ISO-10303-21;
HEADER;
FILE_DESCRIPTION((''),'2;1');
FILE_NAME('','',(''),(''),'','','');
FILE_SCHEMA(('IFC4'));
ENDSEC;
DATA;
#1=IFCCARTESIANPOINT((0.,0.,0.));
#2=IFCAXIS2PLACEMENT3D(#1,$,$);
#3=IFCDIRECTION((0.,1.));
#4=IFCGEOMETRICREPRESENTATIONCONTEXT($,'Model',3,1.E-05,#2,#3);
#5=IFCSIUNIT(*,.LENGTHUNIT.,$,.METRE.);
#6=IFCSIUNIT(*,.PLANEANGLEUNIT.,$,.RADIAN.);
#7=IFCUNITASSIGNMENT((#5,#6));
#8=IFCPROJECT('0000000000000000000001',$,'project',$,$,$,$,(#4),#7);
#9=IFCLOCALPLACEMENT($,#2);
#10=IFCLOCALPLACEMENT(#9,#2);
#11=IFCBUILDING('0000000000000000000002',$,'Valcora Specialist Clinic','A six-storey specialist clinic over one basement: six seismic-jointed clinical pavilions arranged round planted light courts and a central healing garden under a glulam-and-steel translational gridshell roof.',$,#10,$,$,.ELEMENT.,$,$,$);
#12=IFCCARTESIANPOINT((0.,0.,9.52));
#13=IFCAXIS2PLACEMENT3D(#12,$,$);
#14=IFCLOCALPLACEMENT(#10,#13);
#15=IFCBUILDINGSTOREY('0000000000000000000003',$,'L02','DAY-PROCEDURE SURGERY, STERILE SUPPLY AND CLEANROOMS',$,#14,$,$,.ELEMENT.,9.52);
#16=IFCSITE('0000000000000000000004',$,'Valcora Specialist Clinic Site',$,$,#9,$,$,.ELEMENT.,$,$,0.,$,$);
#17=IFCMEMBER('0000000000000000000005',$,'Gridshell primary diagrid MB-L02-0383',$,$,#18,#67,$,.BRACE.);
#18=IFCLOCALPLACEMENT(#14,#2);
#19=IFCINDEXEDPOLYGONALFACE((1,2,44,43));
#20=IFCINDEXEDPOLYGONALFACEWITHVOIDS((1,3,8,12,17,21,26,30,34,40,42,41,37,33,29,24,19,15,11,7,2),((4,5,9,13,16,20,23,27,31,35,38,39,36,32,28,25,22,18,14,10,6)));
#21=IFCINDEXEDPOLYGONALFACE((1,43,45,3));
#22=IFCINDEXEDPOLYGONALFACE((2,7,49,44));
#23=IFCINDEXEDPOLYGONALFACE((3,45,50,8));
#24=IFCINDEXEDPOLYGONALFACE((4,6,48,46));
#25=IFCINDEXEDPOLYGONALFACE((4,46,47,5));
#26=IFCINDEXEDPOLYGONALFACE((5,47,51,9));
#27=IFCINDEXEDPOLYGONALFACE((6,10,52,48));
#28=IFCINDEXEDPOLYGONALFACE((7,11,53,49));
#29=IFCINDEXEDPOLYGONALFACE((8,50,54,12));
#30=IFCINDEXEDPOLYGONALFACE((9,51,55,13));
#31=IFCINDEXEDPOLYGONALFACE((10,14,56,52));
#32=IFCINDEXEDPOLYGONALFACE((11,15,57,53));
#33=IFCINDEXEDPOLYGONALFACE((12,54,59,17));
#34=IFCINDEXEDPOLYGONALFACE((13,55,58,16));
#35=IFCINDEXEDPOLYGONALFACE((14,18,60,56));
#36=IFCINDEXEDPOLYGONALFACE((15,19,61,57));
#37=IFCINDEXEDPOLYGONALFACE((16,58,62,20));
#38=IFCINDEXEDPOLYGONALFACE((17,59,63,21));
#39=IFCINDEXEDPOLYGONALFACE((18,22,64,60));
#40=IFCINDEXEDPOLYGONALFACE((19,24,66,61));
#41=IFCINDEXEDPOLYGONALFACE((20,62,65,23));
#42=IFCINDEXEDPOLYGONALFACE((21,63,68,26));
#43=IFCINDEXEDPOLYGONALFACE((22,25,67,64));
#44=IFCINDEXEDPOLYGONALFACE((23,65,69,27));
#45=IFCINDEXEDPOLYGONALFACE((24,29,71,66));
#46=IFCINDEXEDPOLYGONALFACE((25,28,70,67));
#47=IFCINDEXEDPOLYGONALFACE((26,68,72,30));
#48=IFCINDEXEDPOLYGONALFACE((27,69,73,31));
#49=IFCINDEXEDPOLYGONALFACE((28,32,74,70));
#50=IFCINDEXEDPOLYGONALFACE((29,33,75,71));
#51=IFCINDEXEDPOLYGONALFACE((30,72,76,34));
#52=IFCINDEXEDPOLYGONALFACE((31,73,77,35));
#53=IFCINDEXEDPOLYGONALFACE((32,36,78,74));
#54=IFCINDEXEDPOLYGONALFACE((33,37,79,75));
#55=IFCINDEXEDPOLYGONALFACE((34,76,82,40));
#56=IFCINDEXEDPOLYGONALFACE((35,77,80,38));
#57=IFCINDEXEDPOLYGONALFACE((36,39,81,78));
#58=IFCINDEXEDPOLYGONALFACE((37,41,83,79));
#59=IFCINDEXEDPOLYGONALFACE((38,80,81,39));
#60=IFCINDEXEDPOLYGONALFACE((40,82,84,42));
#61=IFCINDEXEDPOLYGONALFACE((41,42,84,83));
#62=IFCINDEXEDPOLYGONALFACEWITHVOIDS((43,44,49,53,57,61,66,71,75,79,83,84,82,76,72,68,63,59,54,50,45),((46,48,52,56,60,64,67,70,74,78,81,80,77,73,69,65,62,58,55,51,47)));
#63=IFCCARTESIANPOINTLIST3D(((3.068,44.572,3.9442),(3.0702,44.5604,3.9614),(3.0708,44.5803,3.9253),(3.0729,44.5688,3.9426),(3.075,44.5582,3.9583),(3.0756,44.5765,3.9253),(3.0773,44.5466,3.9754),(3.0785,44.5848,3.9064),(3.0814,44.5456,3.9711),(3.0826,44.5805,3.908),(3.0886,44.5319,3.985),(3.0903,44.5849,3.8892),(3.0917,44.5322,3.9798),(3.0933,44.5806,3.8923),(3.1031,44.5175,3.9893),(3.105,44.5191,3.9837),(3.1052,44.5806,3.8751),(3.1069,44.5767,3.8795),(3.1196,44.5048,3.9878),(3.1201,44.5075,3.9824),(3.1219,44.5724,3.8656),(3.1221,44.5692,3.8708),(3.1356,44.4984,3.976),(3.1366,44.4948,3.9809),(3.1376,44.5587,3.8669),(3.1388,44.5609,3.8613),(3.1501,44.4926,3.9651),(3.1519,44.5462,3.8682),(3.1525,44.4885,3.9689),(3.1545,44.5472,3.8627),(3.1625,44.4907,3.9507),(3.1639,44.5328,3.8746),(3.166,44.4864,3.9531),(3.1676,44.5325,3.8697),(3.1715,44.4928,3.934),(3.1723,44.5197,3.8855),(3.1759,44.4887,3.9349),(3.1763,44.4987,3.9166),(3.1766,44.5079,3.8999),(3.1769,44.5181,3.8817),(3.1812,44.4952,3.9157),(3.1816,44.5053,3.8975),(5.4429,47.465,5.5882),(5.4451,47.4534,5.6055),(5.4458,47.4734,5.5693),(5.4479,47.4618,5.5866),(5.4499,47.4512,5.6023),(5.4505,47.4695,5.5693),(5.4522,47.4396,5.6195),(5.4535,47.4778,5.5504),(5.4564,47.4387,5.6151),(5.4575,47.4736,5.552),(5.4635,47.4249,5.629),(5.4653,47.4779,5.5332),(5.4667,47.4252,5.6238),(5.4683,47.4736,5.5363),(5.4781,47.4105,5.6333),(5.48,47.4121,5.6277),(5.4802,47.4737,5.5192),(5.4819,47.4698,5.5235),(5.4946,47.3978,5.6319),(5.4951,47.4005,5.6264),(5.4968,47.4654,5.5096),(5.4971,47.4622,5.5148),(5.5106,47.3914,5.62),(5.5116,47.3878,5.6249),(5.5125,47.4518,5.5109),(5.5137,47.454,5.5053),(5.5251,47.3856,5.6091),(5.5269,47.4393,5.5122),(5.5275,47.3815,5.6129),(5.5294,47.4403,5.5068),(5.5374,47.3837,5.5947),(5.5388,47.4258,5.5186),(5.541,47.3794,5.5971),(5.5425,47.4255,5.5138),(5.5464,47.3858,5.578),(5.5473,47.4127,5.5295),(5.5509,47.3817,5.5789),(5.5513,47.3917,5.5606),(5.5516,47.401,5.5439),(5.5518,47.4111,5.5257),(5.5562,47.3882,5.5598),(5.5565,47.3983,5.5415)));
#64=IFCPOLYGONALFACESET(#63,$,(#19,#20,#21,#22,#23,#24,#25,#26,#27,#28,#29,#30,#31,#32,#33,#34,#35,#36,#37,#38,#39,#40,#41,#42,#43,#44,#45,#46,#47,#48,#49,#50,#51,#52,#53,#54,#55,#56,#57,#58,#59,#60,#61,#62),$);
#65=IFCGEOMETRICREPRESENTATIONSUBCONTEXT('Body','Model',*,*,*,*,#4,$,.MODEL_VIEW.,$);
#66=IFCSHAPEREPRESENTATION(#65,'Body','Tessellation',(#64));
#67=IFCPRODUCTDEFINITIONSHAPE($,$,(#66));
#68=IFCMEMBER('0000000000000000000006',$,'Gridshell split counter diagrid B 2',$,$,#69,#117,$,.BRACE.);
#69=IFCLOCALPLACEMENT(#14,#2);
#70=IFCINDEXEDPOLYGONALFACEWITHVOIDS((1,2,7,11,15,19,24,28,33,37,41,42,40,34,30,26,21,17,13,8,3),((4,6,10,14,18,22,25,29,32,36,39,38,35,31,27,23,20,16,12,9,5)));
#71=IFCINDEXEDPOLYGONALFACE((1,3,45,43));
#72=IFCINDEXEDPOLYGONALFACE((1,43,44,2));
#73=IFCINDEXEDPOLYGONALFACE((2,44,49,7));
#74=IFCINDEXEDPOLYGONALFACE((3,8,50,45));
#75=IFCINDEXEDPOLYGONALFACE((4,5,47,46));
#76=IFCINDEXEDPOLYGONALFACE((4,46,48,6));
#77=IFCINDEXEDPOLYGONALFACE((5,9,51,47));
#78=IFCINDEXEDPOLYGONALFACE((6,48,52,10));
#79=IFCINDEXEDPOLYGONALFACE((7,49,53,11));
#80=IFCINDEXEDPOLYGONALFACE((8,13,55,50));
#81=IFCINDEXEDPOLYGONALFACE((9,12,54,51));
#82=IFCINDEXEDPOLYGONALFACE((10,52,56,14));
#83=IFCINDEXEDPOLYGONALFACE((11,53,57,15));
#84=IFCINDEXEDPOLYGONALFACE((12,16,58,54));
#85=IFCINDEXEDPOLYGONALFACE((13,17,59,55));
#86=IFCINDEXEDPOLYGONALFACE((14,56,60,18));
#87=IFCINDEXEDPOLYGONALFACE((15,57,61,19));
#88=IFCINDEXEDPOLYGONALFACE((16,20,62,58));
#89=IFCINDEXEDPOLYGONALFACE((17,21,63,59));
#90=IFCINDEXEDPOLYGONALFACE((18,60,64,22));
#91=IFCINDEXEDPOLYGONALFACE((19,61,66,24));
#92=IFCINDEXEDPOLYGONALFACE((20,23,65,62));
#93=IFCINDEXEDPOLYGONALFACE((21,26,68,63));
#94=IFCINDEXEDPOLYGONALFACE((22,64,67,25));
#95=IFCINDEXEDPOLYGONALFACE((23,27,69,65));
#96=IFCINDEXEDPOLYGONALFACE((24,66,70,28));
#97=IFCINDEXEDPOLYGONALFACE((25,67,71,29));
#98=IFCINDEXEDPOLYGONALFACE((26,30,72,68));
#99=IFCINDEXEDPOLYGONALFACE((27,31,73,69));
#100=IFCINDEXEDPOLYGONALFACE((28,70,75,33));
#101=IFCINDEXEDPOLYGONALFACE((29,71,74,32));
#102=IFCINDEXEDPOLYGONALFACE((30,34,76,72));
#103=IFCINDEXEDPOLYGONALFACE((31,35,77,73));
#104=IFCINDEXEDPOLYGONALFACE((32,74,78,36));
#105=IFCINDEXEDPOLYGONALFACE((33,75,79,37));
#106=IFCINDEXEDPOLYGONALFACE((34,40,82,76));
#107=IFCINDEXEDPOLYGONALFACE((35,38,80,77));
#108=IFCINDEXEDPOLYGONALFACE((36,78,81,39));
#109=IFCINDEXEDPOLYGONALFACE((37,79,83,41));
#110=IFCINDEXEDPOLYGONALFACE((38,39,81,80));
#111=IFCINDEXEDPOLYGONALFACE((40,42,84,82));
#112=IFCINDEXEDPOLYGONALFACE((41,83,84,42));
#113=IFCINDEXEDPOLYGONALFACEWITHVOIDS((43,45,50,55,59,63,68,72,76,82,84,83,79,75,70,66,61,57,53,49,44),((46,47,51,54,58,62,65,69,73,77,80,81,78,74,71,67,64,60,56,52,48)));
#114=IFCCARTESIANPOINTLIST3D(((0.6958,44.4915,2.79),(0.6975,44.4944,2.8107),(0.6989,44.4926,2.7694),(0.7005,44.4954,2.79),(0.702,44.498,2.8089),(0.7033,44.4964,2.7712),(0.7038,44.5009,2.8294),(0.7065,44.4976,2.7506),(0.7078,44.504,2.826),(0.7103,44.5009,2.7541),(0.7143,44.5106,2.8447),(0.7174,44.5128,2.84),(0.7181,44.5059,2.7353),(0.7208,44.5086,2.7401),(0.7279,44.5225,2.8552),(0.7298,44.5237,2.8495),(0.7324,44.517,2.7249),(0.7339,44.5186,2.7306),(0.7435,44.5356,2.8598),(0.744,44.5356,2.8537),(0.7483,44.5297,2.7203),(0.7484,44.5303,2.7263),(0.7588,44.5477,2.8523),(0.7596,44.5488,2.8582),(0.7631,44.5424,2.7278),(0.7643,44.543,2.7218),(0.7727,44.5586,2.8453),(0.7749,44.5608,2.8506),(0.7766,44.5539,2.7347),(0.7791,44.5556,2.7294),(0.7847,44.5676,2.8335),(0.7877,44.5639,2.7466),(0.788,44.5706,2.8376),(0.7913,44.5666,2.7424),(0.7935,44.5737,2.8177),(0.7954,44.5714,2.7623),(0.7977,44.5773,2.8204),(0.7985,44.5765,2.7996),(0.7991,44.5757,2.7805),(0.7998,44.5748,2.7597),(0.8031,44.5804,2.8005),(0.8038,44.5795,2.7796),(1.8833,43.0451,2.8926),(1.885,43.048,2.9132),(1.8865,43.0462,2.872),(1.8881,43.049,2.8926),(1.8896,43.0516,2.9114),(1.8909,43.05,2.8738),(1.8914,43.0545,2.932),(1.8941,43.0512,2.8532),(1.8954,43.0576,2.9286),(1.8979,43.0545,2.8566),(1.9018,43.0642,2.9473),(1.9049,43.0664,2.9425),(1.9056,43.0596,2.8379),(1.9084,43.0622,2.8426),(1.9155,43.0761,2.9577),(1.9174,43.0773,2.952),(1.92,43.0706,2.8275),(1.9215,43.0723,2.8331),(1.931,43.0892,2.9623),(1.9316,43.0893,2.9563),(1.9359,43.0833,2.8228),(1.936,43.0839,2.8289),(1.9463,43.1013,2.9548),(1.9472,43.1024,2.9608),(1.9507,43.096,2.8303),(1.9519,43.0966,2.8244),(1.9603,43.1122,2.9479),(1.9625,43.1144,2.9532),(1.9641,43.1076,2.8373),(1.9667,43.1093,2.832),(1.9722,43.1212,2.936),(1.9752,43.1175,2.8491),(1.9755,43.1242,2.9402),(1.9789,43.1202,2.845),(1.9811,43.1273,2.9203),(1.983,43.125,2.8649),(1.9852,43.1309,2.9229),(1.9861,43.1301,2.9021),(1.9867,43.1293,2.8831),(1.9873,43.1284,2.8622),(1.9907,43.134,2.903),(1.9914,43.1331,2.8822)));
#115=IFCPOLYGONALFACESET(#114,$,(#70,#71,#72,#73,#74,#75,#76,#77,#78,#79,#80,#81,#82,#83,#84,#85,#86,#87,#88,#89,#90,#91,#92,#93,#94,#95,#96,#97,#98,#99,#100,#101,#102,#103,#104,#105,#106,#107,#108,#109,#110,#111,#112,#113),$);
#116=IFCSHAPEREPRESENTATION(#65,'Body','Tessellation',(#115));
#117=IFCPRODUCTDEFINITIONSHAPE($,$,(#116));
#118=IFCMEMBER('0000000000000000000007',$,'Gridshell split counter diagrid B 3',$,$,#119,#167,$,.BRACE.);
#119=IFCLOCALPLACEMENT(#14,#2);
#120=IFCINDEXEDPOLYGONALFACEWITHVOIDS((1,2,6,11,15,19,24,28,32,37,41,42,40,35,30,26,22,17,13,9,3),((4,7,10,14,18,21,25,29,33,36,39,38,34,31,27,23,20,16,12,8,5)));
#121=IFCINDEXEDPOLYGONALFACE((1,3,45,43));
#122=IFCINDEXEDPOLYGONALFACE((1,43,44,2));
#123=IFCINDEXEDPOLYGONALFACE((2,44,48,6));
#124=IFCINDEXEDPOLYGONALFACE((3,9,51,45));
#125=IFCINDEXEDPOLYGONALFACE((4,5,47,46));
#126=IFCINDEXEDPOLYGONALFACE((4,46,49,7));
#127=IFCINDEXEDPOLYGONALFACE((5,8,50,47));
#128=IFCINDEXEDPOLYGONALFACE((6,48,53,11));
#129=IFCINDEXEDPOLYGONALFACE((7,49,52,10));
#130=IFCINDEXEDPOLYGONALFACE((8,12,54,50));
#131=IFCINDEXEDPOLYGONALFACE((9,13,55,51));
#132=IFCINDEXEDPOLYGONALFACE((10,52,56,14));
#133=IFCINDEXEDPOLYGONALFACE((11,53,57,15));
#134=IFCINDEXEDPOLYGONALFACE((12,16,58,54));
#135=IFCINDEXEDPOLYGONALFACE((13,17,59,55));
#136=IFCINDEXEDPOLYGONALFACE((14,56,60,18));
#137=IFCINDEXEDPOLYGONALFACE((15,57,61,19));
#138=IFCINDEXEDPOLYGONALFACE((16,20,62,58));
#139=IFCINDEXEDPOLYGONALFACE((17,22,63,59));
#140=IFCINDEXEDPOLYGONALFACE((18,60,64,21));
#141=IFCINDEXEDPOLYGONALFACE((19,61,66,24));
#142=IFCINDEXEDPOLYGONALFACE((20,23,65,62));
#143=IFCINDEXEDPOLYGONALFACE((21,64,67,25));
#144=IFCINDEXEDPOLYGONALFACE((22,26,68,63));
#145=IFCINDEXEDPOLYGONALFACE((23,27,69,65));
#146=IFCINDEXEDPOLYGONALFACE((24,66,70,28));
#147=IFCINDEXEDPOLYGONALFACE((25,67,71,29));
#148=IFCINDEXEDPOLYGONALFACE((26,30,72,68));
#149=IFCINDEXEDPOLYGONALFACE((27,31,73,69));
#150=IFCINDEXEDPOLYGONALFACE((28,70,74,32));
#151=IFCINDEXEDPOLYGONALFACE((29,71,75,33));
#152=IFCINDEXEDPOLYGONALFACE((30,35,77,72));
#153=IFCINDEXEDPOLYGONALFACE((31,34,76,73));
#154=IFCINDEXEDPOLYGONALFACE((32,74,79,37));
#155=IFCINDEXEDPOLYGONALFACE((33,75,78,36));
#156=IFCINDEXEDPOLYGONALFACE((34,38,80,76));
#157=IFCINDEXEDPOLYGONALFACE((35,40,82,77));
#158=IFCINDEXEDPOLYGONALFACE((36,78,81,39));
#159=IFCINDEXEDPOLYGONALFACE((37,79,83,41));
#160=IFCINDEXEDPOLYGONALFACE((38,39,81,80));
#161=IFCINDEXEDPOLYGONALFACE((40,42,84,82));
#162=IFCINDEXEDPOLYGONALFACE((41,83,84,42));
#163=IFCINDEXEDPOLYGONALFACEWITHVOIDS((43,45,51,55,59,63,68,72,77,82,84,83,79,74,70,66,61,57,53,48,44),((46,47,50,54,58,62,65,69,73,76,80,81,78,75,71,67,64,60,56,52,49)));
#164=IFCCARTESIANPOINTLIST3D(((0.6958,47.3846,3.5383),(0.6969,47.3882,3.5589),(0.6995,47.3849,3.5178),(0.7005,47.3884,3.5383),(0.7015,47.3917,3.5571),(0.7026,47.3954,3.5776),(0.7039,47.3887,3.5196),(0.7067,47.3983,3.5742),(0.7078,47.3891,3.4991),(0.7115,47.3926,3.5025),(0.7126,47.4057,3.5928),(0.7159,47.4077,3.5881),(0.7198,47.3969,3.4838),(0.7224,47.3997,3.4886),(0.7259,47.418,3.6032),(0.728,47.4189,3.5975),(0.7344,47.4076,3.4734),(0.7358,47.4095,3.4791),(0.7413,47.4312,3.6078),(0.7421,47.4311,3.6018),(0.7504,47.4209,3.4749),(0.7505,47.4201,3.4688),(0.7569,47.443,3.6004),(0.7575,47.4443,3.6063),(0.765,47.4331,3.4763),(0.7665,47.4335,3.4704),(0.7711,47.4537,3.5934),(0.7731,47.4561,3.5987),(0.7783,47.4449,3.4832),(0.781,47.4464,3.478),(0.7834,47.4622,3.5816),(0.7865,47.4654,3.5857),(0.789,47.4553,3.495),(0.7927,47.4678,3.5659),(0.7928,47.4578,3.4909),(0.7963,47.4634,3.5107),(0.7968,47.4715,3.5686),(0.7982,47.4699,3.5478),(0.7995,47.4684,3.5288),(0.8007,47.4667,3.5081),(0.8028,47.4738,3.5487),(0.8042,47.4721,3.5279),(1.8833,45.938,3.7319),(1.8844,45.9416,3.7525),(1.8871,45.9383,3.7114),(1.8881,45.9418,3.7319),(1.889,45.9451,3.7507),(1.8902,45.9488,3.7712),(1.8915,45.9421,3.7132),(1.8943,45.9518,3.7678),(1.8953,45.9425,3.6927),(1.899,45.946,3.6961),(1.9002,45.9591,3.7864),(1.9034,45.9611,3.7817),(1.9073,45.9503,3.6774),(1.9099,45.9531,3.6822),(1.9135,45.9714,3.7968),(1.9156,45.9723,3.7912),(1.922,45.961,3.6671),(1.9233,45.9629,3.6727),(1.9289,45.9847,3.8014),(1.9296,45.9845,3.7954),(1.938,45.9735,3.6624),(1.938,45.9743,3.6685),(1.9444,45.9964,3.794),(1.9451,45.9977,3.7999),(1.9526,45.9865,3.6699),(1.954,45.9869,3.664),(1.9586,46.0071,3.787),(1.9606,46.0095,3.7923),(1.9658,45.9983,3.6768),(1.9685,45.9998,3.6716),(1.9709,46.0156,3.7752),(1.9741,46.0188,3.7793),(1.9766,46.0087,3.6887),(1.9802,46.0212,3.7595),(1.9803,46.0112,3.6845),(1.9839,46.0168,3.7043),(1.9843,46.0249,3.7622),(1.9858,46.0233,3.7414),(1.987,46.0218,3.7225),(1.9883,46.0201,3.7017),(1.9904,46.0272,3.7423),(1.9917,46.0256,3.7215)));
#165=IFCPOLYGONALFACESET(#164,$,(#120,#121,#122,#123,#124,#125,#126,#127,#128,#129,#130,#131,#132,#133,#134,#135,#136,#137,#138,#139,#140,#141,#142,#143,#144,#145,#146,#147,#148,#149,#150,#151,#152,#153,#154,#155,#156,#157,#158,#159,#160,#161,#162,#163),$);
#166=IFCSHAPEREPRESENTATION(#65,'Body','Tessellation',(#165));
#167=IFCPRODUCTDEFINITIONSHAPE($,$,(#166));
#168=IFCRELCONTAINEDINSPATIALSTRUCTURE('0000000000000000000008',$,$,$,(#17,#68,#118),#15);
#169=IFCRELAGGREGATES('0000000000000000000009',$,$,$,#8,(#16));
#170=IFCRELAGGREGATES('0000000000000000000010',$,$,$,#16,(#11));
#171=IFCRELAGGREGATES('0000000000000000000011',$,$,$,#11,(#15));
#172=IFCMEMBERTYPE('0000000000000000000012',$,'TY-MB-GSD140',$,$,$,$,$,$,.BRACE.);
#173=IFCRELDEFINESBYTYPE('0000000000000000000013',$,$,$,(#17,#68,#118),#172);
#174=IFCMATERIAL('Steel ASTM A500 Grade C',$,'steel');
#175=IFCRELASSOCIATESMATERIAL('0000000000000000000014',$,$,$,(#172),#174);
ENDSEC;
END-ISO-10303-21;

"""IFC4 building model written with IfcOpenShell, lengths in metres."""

from ifc_helpers import new_model, si_unit, direction, frame, origin, origin_2d, place, context, subcontext, project, spatial, hollow_circle, extrude, material, material_profile, profile_set, type_object, element, save


model = new_model("IFC4")

# Units and contexts
model_context = context("Model", 3, precision=1e-05, world=origin(), true_north=direction((0.0, 1.0)))
body_context = subcontext(model_context, "Body", "Model", "MODEL_VIEW")
ifc_project = project(units=[si_unit("LENGTHUNIT", "METRE"), si_unit("PLANEANGLEUNIT", "RADIAN")], contexts=[model_context])

# Site, building, storey
site_placement = place(None, origin())
site = spatial("IfcSite", under=ifc_project, at=site_placement, Name="Valcora Specialist Clinic Site", CompositionType="ELEMENT", RefElevation=0.0)
building_placement = place(site_placement, origin())
building = spatial("IfcBuilding", under=site, at=building_placement, Name="Valcora Specialist Clinic", Description="A six-storey specialist clinic over one basement: six seismic-jointed clinical pavilions arranged round planted light courts and a central healing garden under a glulam-and-steel translational gridshell roof.", CompositionType="ELEMENT")
storey_placement = place(building_placement, frame((0.0, 0.0, 9.52)))
storey = spatial("IfcBuildingStorey", under=building, at=storey_placement, Name="L02", Description="DAY-PROCEDURE SURGERY, STERILE SUPPLY AND CLEANROOMS", CompositionType="ELEMENT", Elevation=9.52)

# Members
ifc_material_1 = material(Name="Steel ASTM A500 Grade C", Category="steel")
ifc_material_profile_1 = material_profile(ifc_material_1, hollow_circle(Radius=0.0701, WallThickness=0.0061, at=origin_2d()), Name="ST-CHS-140X6")
ifc_profile_set_1 = profile_set([ifc_material_profile_1], Name="Steel ASTM A500 Grade C")
member_type_1 = type_object("IfcMemberType", Name="TY-MB-GSD140", PredefinedType="BRACE", material=ifc_profile_set_1)
member_1_placement = place(storey_placement, frame((3.125, 44.5359, 3.9253), z_axis=(0.580941, 0.707664, 0.402144), x_axis=(-0.772916, 0.634508, 0.0)))
element("IfcMember", 1, at=member_1_placement, inside=storey, type_object=member_type_1, Name="Gridshell primary diagrid MB-L02-0383", PredefinedType="BRACE", context=body_context, shape_type="SweptSolid", body=[
    extrude(hollow_circle(Radius=0.0701, WallThickness=0.0061, at=origin_2d()), origin(), (0.0, 0.0, 1.0), 4.0881),
])
member_2_placement = place(storey_placement, frame((1.9375, 43.0896, 2.8926), z_axis=(-0.633622, 0.771706, -0.054712), x_axis=(-0.772863, -0.634572, 0.0)))
element("IfcMember", 2, at=member_2_placement, inside=storey, type_object=member_type_1, Name="Gridshell split counter diagrid B 2", PredefinedType="BRACE", context=body_context, shape_type="SweptSolid", body=[
    extrude(hollow_circle(Radius=0.0701, WallThickness=0.0061, at=origin_2d()), origin(), (0.0, 0.0, 1.0), 1.8743),
])
member_3_placement = place(storey_placement, frame((1.9375, 45.9824, 3.7319), z_axis=(-0.63114, 0.768813, -0.102898), x_axis=(-0.772916, -0.634508, 0.0)))
element("IfcMember", 3, at=member_3_placement, inside=storey, type_object=member_type_1, Name="Gridshell split counter diagrid B 3", PredefinedType="BRACE", context=body_context, shape_type="SweptSolid", body=[
    extrude(hollow_circle(Radius=0.0701, WallThickness=0.0061, at=origin_2d()), origin(), (0.0, 0.0, 1.0), 1.8816),
])

save(model, "model.ifc")
